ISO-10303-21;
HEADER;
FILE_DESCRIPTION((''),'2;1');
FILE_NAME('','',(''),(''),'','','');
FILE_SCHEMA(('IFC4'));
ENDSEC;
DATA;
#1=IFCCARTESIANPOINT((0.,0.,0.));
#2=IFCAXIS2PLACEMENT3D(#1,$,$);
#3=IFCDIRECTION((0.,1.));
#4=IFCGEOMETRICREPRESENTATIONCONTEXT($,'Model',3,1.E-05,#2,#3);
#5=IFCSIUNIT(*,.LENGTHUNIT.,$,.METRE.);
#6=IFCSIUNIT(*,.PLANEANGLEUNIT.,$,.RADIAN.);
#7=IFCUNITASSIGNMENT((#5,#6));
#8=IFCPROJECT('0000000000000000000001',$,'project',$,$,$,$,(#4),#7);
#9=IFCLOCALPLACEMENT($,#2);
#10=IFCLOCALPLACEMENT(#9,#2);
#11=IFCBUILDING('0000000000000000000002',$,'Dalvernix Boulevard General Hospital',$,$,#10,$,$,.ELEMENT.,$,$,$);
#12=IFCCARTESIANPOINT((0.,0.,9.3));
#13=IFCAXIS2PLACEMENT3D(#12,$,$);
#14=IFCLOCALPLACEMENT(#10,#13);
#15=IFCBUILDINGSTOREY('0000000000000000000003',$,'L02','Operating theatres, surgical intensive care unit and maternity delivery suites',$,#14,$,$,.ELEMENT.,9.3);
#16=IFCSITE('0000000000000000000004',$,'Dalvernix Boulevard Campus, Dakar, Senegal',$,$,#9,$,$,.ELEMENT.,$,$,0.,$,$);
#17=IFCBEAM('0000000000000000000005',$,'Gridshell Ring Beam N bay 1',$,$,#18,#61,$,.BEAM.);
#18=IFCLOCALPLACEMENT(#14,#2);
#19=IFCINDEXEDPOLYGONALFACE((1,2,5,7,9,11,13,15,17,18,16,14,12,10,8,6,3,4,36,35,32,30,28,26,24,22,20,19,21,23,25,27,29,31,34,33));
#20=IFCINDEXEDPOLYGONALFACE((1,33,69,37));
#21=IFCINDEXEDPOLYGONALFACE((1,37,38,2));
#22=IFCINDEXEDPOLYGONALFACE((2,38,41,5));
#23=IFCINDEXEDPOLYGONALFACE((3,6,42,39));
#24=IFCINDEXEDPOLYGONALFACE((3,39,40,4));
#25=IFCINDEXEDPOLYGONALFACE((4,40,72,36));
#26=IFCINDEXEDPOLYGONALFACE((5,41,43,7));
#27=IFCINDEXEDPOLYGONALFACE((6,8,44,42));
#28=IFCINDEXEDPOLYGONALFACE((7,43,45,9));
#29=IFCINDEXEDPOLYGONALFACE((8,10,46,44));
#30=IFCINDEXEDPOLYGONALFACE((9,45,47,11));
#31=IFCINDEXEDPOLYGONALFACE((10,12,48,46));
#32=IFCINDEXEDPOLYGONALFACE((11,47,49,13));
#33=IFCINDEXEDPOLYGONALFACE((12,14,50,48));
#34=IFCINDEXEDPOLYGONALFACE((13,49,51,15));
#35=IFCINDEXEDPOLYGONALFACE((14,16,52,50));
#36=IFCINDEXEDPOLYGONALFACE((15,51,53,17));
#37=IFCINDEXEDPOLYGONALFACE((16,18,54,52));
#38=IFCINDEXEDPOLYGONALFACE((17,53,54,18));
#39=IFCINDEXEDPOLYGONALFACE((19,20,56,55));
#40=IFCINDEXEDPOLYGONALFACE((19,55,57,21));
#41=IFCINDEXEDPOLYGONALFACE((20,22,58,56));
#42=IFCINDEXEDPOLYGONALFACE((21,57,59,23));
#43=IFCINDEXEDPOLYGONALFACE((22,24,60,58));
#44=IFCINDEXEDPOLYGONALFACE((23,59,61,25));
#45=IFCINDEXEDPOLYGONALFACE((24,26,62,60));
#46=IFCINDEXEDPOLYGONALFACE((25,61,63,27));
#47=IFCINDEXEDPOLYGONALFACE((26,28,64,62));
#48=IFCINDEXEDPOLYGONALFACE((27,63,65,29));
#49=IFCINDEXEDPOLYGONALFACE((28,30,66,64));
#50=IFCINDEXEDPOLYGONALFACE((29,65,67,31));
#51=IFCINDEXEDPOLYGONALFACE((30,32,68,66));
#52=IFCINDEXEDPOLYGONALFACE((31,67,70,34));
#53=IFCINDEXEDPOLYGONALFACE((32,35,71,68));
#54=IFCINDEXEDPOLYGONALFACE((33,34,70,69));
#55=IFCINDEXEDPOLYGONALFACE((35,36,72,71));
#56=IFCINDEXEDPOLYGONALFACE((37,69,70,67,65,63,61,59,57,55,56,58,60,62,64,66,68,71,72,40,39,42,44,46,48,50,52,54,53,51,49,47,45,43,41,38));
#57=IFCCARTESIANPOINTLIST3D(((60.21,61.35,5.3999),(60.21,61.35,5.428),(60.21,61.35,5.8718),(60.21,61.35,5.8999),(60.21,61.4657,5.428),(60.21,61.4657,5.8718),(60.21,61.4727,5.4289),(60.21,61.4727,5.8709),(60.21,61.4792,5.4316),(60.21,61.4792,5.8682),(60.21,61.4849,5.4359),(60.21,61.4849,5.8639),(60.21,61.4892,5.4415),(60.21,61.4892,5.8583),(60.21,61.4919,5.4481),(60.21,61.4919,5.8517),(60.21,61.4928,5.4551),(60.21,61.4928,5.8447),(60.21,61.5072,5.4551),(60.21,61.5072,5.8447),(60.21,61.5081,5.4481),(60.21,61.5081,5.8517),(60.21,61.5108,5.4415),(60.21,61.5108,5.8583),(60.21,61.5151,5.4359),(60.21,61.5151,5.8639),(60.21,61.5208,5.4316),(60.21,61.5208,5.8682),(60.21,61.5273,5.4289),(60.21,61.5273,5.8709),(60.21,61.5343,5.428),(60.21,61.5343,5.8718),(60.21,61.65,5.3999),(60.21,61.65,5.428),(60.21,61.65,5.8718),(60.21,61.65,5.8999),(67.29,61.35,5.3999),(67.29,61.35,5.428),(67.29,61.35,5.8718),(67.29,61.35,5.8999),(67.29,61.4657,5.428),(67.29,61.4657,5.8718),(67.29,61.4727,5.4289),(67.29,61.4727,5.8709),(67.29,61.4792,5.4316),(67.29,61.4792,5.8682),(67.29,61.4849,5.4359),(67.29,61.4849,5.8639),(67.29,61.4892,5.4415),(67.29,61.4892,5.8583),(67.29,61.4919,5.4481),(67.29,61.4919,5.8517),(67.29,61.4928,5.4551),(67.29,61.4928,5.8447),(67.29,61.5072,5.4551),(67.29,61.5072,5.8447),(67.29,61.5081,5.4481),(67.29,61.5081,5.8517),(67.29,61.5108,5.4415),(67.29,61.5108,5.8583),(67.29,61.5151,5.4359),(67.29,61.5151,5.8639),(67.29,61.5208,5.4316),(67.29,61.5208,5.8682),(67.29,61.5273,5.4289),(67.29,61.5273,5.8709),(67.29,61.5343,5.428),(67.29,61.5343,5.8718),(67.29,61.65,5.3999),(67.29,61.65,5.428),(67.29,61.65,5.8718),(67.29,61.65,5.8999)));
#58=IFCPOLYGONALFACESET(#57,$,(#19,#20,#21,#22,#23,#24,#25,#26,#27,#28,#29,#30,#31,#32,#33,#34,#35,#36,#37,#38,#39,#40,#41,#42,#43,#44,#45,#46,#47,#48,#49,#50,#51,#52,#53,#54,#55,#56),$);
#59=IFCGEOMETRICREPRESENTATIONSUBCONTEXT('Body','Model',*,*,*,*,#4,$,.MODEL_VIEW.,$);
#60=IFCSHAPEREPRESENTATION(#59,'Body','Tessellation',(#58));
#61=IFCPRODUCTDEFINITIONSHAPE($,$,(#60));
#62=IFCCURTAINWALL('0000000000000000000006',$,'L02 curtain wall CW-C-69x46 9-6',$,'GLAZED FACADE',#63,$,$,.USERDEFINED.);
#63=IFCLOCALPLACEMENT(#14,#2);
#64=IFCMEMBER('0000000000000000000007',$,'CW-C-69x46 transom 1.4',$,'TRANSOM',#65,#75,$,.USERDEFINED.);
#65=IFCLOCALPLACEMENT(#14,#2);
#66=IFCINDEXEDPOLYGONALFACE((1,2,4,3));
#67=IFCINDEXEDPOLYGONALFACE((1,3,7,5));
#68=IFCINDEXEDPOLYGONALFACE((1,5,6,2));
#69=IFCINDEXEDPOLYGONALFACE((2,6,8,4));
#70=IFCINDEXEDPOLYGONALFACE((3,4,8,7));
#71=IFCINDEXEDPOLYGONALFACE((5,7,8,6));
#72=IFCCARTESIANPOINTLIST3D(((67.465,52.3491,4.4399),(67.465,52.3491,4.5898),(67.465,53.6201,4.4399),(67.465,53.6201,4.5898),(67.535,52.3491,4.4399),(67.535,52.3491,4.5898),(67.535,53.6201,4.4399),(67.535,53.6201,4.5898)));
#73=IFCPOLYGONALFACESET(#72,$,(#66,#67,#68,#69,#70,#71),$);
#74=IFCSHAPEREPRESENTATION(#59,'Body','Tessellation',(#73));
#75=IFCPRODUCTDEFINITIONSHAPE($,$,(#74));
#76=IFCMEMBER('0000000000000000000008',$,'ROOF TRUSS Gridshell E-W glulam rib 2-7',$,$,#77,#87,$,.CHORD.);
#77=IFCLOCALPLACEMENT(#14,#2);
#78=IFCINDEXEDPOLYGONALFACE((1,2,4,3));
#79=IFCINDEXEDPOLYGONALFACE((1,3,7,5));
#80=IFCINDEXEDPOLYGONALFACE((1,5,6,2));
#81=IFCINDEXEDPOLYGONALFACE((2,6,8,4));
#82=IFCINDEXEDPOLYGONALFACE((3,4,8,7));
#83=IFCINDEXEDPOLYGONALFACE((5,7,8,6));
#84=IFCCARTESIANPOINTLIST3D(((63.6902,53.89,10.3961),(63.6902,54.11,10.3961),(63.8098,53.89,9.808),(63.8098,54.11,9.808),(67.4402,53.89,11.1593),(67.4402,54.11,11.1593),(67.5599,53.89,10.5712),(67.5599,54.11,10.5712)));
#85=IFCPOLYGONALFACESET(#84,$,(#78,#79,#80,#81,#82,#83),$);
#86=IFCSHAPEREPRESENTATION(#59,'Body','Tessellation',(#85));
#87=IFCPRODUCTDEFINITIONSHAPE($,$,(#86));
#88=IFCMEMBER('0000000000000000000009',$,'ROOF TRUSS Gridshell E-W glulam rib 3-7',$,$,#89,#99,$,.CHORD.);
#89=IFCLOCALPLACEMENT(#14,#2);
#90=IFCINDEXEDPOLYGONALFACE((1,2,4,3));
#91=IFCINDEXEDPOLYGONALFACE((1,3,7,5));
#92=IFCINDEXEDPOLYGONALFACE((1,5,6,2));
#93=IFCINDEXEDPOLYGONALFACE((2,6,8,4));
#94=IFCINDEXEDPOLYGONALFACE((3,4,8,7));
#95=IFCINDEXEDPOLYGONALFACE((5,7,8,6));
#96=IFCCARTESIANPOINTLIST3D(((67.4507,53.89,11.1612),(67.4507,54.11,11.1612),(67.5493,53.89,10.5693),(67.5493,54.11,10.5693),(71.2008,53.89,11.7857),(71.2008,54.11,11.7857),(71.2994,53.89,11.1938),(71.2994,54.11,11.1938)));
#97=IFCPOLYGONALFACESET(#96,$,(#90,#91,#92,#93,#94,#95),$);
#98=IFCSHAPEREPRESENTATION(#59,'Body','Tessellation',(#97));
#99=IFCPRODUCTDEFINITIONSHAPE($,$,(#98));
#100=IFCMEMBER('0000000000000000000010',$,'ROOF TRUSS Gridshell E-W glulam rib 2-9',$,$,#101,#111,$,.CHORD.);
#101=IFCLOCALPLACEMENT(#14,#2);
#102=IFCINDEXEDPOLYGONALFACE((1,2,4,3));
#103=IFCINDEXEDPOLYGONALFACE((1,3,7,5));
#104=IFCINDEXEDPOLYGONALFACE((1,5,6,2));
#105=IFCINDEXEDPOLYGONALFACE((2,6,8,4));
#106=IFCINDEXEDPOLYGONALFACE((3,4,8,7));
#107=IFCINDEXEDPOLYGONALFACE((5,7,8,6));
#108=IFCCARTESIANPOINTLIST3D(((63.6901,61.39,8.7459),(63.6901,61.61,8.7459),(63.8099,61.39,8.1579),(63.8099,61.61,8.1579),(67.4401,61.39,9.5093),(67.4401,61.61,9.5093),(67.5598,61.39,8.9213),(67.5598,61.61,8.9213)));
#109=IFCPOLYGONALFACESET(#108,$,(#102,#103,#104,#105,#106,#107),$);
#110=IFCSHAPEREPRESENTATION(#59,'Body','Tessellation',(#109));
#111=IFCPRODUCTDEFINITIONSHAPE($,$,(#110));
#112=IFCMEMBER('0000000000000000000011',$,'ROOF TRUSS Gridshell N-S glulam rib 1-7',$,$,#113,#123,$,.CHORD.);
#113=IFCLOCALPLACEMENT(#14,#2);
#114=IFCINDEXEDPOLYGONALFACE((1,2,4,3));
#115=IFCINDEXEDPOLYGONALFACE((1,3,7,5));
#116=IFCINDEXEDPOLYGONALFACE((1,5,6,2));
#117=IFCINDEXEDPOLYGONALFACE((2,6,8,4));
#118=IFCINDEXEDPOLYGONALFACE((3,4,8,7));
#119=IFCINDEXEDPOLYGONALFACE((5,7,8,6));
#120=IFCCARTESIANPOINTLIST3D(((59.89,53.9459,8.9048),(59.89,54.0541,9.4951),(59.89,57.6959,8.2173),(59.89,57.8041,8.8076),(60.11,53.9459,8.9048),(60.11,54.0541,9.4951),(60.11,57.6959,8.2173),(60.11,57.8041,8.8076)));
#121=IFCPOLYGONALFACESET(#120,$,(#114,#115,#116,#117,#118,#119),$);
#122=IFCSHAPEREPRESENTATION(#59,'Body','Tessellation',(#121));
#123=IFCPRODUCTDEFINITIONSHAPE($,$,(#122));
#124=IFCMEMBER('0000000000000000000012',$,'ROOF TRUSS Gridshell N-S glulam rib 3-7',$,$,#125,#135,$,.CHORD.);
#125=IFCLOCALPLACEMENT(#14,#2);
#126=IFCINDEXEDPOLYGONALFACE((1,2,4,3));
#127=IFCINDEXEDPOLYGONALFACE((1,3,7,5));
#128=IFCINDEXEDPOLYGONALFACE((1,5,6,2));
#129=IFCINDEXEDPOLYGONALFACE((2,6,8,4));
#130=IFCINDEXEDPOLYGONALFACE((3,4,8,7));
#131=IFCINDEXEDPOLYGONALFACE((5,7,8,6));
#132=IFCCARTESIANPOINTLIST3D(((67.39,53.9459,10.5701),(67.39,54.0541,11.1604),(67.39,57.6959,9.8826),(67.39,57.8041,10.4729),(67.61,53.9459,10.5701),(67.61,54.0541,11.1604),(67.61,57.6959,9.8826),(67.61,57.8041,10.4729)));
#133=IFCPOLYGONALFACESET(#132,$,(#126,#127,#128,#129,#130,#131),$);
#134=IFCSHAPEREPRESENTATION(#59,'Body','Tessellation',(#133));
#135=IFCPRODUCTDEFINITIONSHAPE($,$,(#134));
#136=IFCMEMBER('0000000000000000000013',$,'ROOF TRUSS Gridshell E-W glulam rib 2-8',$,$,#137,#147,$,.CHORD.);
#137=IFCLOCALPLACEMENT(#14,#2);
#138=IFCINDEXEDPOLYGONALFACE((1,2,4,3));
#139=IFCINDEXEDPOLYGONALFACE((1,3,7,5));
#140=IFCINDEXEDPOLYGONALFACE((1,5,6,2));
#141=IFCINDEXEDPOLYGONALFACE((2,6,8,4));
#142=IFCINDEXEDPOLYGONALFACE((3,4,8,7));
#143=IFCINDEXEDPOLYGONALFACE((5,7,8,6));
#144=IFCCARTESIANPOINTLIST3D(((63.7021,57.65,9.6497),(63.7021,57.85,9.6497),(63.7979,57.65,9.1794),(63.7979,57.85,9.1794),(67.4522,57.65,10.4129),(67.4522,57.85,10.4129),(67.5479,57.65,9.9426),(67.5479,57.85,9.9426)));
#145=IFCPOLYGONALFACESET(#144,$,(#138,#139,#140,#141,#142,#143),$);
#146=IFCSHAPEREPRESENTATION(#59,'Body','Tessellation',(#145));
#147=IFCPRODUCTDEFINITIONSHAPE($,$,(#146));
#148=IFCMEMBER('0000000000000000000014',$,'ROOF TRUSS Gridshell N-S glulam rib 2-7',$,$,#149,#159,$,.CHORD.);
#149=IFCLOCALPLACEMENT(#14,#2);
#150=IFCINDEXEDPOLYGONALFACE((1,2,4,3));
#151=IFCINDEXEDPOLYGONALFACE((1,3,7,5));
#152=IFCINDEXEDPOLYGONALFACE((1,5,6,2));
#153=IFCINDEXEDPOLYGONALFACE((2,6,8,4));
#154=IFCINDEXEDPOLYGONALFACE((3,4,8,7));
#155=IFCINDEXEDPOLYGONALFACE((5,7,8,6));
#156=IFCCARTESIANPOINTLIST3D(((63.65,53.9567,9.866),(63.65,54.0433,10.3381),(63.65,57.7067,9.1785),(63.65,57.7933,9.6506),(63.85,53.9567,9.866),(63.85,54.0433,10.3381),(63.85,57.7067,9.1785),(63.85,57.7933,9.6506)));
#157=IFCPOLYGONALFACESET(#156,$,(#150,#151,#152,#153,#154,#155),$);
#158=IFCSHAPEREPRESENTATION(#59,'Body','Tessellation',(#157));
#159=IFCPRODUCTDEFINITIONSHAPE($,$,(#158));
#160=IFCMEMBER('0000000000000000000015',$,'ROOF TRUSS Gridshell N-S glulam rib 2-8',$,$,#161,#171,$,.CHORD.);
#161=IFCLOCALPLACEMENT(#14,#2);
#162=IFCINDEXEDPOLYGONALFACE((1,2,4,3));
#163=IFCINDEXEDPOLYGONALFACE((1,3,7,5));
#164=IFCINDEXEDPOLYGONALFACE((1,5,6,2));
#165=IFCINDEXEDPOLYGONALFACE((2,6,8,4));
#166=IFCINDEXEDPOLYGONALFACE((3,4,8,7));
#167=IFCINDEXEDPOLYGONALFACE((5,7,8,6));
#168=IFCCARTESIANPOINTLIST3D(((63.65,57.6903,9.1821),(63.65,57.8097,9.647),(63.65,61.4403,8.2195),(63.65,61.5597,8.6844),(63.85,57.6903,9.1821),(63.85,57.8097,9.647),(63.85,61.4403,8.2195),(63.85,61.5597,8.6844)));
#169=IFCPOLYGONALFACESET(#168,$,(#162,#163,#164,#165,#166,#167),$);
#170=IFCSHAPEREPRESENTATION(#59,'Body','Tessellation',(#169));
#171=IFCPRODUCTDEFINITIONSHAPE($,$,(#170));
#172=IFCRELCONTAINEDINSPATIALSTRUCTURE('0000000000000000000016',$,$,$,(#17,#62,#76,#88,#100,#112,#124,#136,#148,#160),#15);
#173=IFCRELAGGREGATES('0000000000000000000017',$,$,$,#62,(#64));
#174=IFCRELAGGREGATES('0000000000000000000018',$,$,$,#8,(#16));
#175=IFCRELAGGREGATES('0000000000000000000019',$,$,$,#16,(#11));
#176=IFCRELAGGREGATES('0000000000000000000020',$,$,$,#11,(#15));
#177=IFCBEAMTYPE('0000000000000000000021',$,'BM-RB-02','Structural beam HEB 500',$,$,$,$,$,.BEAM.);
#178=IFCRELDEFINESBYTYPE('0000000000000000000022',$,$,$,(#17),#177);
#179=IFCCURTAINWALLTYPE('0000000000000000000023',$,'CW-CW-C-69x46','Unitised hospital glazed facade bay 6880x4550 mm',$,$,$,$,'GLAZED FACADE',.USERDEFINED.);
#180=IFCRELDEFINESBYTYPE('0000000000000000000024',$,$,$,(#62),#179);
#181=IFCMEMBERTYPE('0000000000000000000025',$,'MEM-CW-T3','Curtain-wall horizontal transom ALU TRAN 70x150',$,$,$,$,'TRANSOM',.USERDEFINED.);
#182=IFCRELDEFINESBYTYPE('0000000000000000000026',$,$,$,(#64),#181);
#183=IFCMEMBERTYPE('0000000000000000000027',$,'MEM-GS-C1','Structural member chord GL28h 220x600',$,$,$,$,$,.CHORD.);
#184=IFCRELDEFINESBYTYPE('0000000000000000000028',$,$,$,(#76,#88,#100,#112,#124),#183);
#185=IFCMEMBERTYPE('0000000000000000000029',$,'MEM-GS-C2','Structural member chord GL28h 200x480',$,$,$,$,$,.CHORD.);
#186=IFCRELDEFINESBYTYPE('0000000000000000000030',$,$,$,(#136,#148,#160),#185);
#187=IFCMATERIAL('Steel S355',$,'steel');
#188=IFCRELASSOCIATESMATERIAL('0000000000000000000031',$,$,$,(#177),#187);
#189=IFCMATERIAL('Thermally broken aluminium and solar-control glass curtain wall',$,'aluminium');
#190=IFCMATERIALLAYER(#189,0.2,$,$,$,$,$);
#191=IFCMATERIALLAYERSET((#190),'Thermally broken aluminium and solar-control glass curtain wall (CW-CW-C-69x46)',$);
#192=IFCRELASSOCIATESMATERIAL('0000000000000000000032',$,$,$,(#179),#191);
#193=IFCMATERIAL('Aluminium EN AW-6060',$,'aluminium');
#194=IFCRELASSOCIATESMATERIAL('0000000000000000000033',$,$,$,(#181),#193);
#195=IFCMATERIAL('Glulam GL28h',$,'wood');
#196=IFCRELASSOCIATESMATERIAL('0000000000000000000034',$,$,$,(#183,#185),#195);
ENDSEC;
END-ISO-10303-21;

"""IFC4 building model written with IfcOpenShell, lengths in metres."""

from ifc_helpers import new_model, si_unit, direction, frame, origin, origin_2d, place, context, subcontext, project, spatial, rectangle, i_section, extrude, material, layer, layer_set, material_profile, profile_set, type_object, element, aggregate, save


model = new_model("IFC4")

# Units and contexts
model_context = context("Model", 3, precision=1e-05, world=origin(), true_north=direction((0.0, 1.0)))
body_context = subcontext(model_context, "Body", "Model", "MODEL_VIEW")
ifc_project = project(units=[si_unit("LENGTHUNIT", "METRE"), si_unit("PLANEANGLEUNIT", "RADIAN")], contexts=[model_context])

# Site, building, storey
site_placement = place(None, origin())
site = spatial("IfcSite", under=ifc_project, at=site_placement, Name="Dalvernix Boulevard Campus, Dakar, Senegal", CompositionType="ELEMENT", RefElevation=0.0)
building_placement = place(site_placement, origin())
building = spatial("IfcBuilding", under=site, at=building_placement, Name="Dalvernix Boulevard General Hospital", CompositionType="ELEMENT")
storey_placement = place(building_placement, frame((0.0, 0.0, 9.3)))
storey = spatial("IfcBuildingStorey", under=building, at=storey_placement, Name="L02", Description="Operating theatres, surgical intensive care unit and maternity delivery suites", CompositionType="ELEMENT", Elevation=9.3)

# Beam
ifc_material_1 = material(Name="Steel S355", Category="steel")
ifc_material_profile_1 = material_profile(ifc_material_1, i_section(OverallWidth=0.3, OverallDepth=0.5, WebThickness=0.0144, FlangeThickness=0.0281, FilletRadius=0.0271, at=origin_2d()), Name="HEB 500")
ifc_profile_set_1 = profile_set([ifc_material_profile_1], Name="Steel S355")
beam_type = type_object("IfcBeamType", Name="BM-RB-02", Description="Structural beam HEB 500", PredefinedType="BEAM", material=ifc_profile_set_1)
beam_placement = place(storey_placement, frame((60.21, 61.5, 5.6499), z_axis=(1.0, 0.0, 0.0), x_axis=(0.0, 1.0, 0.0)))
element("IfcBeam", 1, at=beam_placement, inside=storey, type_object=beam_type, Name="Gridshell Ring Beam N bay 1", PredefinedType="BEAM", context=body_context, shape_type="SweptSolid", body=[
    extrude(i_section(OverallWidth=0.3, OverallDepth=0.5, WebThickness=0.0144, FlangeThickness=0.0281, FilletRadius=0.0271, at=origin_2d()), origin(), (0.0, 0.0, 1.0), 7.0801),
])

# Curtain wall, member
ifc_material_2 = material(Name="Thermally broken aluminium and solar-control glass curtain wall", Category="aluminium")
ifc_layer_1 = layer(ifc_material_2, 0.2)
ifc_layer_set_1 = layer_set([ifc_layer_1], Name="Thermally broken aluminium and solar-control glass curtain wall (CW-CW-C-69x46)")
curtain_wall_type = type_object("IfcCurtainWallType", Name="CW-CW-C-69x46", Description="Unitised hospital glazed facade bay 6880x4550 mm", ElementType="GLAZED FACADE", PredefinedType="USERDEFINED", material=ifc_layer_set_1)
curtain_wall_placement = place(storey_placement, origin())
curtain_wall = element("IfcCurtainWall", 2, at=curtain_wall_placement, inside=storey, type_object=curtain_wall_type, Name="L02 curtain wall CW-C-69x46 9-6", ObjectType="GLAZED FACADE", PredefinedType="USERDEFINED")
ifc_material_3 = material(Name="Aluminium EN AW-6060", Category="aluminium")
ifc_material_profile_2 = material_profile(ifc_material_3, rectangle(XDim=0.0701, YDim=0.1499, at=origin_2d()), Name="ALU TRAN 70x150")
ifc_profile_set_2 = profile_set([ifc_material_profile_2], Name="Aluminium EN AW-6060")
member_type_1 = type_object("IfcMemberType", Name="MEM-CW-T3", Description="Curtain-wall horizontal transom ALU TRAN 70x150", ElementType="TRANSOM", PredefinedType="USERDEFINED", material=ifc_profile_set_2)
member_1_placement = place(storey_placement, frame((67.5, 53.6201, 4.5149), z_axis=(0.0, -1.0, 0.0), x_axis=(1.0, 0.0, 0.0)))
member_1 = element("IfcMember", 3, at=member_1_placement, type_object=member_type_1, Name="CW-C-69x46 transom 1.4", ObjectType="TRANSOM", PredefinedType="USERDEFINED", context=body_context, shape_type="SweptSolid", body=[
    extrude(rectangle(XDim=0.0701, YDim=0.1499, at=origin_2d()), origin(), (0.0, 0.0, 1.0), 1.271),
])
aggregate(curtain_wall, [member_1])

# Members
ifc_material_4 = material(Name="Glulam GL28h", Category="wood")
ifc_material_profile_3 = material_profile(ifc_material_4, rectangle(XDim=0.22, YDim=0.6001, at=origin_2d()), Name="GL28h 220x600")
ifc_profile_set_3 = profile_set([ifc_material_profile_3], Name="Glulam GL28h")
member_type_2 = type_object("IfcMemberType", Name="MEM-GS-C1", Description="Structural member chord GL28h 220x600", PredefinedType="CHORD", material=ifc_profile_set_3)
member_2_placement = place(storey_placement, frame((63.75, 54.0, 10.1021), z_axis=(0.979913, 0.0, 0.199428), x_axis=(0.0, 1.0, 0.0)))
element("IfcMember", 4, at=member_2_placement, inside=storey, type_object=member_type_2, Name="ROOF TRUSS Gridshell E-W glulam rib 2-7", PredefinedType="CHORD", context=body_context, shape_type="SweptSolid", body=[
    extrude(rectangle(XDim=0.22, YDim=0.6001, at=origin_2d()), origin(), (0.0, 0.0, 1.0), 3.8269),
])
member_3_placement = place(storey_placement, frame((67.5, 54.0, 10.8652), z_axis=(0.986415, 0.0, 0.164274), x_axis=(0.0, 1.0, 0.0)))
element("IfcMember", 5, at=member_3_placement, inside=storey, type_object=member_type_2, Name="ROOF TRUSS Gridshell E-W glulam rib 3-7", PredefinedType="CHORD", context=body_context, shape_type="SweptSolid", body=[
    extrude(rectangle(XDim=0.22, YDim=0.6001, at=origin_2d()), origin(), (0.0, 0.0, 1.0), 3.8018),
])
member_4_placement = place(storey_placement, frame((63.75, 61.5, 8.4519), z_axis=(0.9799, 0.0, 0.199489), x_axis=(0.0, 1.0, 0.0)))
element("IfcMember", 6, at=member_4_placement, inside=storey, type_object=member_type_2, Name="ROOF TRUSS Gridshell E-W glulam rib 2-9", PredefinedType="CHORD", context=body_context, shape_type="SweptSolid", body=[
    extrude(rectangle(XDim=0.22, YDim=0.6001, at=origin_2d()), origin(), (0.0, 0.0, 1.0), 3.8269),
])
for number, where, z_axis, x_axis, name in (
    (7, (60.0, 54.0, 9.2), (0.0, 0.983607, -0.180328), (-1.0, 0.0, 0.0), "ROOF TRUSS Gridshell N-S glulam rib 1-7"),
    (8, (67.5, 54.0, 10.8652), (0.0, 0.983607, -0.180328), (-1.0, 0.0, 0.0), "ROOF TRUSS Gridshell N-S glulam rib 3-7"),
):
    element("IfcMember", number, at=place(storey_placement, frame(where, z_axis=z_axis, x_axis=x_axis)), inside=storey, type_object=member_type_2, Name=name, PredefinedType="CHORD", context=body_context, shape_type="SweptSolid", body=[
        extrude(rectangle(XDim=0.22, YDim=0.6001, at=origin_2d()), origin(), (0.0, 0.0, 1.0), 3.8125),
    ])
ifc_material_profile_4 = material_profile(ifc_material_4, rectangle(XDim=0.2, YDim=0.48, at=origin_2d()), Name="GL28h 200x480")
ifc_profile_set_4 = profile_set([ifc_material_profile_4], Name="Glulam GL28h")
member_type_3 = type_object("IfcMemberType", Name="MEM-GS-C2", Description="Structural member chord GL28h 200x480", PredefinedType="CHORD", material=ifc_profile_set_4)
member_5_placement = place(storey_placement, frame((63.75, 57.75, 9.4146), z_axis=(0.979913, 0.0, 0.199428), x_axis=(0.0, 1.0, 0.0)))
element("IfcMember", 9, at=member_5_placement, inside=storey, type_object=member_type_3, Name="ROOF TRUSS Gridshell E-W glulam rib 2-8", PredefinedType="CHORD", context=body_context, shape_type="SweptSolid", body=[
    extrude(rectangle(XDim=0.2, YDim=0.48, at=origin_2d()), origin(), (0.0, 0.0, 1.0), 3.8269),
])
member_6_placement = place(storey_placement, frame((63.75, 54.0, 10.1021), z_axis=(0.0, 0.983607, -0.180328), x_axis=(-1.0, 0.0, 0.0)))
element("IfcMember", 10, at=member_6_placement, inside=storey, type_object=member_type_3, Name="ROOF TRUSS Gridshell N-S glulam rib 2-7", PredefinedType="CHORD", context=body_context, shape_type="SweptSolid", body=[
    extrude(rectangle(XDim=0.2, YDim=0.48, at=origin_2d()), origin(), (0.0, 0.0, 1.0), 3.8125),
])
member_7_placement = place(storey_placement, frame((63.75, 57.75, 9.4146), z_axis=(0.0, 0.968595, -0.248644), x_axis=(-1.0, 0.0, 0.0)))
element("IfcMember", 11, at=member_7_placement, inside=storey, type_object=member_type_3, Name="ROOF TRUSS Gridshell N-S glulam rib 2-8", PredefinedType="CHORD", context=body_context, shape_type="SweptSolid", body=[
    extrude(rectangle(XDim=0.2, YDim=0.48, at=origin_2d()), origin(), (0.0, 0.0, 1.0), 3.8716),
])

save(model, "model.ifc")
